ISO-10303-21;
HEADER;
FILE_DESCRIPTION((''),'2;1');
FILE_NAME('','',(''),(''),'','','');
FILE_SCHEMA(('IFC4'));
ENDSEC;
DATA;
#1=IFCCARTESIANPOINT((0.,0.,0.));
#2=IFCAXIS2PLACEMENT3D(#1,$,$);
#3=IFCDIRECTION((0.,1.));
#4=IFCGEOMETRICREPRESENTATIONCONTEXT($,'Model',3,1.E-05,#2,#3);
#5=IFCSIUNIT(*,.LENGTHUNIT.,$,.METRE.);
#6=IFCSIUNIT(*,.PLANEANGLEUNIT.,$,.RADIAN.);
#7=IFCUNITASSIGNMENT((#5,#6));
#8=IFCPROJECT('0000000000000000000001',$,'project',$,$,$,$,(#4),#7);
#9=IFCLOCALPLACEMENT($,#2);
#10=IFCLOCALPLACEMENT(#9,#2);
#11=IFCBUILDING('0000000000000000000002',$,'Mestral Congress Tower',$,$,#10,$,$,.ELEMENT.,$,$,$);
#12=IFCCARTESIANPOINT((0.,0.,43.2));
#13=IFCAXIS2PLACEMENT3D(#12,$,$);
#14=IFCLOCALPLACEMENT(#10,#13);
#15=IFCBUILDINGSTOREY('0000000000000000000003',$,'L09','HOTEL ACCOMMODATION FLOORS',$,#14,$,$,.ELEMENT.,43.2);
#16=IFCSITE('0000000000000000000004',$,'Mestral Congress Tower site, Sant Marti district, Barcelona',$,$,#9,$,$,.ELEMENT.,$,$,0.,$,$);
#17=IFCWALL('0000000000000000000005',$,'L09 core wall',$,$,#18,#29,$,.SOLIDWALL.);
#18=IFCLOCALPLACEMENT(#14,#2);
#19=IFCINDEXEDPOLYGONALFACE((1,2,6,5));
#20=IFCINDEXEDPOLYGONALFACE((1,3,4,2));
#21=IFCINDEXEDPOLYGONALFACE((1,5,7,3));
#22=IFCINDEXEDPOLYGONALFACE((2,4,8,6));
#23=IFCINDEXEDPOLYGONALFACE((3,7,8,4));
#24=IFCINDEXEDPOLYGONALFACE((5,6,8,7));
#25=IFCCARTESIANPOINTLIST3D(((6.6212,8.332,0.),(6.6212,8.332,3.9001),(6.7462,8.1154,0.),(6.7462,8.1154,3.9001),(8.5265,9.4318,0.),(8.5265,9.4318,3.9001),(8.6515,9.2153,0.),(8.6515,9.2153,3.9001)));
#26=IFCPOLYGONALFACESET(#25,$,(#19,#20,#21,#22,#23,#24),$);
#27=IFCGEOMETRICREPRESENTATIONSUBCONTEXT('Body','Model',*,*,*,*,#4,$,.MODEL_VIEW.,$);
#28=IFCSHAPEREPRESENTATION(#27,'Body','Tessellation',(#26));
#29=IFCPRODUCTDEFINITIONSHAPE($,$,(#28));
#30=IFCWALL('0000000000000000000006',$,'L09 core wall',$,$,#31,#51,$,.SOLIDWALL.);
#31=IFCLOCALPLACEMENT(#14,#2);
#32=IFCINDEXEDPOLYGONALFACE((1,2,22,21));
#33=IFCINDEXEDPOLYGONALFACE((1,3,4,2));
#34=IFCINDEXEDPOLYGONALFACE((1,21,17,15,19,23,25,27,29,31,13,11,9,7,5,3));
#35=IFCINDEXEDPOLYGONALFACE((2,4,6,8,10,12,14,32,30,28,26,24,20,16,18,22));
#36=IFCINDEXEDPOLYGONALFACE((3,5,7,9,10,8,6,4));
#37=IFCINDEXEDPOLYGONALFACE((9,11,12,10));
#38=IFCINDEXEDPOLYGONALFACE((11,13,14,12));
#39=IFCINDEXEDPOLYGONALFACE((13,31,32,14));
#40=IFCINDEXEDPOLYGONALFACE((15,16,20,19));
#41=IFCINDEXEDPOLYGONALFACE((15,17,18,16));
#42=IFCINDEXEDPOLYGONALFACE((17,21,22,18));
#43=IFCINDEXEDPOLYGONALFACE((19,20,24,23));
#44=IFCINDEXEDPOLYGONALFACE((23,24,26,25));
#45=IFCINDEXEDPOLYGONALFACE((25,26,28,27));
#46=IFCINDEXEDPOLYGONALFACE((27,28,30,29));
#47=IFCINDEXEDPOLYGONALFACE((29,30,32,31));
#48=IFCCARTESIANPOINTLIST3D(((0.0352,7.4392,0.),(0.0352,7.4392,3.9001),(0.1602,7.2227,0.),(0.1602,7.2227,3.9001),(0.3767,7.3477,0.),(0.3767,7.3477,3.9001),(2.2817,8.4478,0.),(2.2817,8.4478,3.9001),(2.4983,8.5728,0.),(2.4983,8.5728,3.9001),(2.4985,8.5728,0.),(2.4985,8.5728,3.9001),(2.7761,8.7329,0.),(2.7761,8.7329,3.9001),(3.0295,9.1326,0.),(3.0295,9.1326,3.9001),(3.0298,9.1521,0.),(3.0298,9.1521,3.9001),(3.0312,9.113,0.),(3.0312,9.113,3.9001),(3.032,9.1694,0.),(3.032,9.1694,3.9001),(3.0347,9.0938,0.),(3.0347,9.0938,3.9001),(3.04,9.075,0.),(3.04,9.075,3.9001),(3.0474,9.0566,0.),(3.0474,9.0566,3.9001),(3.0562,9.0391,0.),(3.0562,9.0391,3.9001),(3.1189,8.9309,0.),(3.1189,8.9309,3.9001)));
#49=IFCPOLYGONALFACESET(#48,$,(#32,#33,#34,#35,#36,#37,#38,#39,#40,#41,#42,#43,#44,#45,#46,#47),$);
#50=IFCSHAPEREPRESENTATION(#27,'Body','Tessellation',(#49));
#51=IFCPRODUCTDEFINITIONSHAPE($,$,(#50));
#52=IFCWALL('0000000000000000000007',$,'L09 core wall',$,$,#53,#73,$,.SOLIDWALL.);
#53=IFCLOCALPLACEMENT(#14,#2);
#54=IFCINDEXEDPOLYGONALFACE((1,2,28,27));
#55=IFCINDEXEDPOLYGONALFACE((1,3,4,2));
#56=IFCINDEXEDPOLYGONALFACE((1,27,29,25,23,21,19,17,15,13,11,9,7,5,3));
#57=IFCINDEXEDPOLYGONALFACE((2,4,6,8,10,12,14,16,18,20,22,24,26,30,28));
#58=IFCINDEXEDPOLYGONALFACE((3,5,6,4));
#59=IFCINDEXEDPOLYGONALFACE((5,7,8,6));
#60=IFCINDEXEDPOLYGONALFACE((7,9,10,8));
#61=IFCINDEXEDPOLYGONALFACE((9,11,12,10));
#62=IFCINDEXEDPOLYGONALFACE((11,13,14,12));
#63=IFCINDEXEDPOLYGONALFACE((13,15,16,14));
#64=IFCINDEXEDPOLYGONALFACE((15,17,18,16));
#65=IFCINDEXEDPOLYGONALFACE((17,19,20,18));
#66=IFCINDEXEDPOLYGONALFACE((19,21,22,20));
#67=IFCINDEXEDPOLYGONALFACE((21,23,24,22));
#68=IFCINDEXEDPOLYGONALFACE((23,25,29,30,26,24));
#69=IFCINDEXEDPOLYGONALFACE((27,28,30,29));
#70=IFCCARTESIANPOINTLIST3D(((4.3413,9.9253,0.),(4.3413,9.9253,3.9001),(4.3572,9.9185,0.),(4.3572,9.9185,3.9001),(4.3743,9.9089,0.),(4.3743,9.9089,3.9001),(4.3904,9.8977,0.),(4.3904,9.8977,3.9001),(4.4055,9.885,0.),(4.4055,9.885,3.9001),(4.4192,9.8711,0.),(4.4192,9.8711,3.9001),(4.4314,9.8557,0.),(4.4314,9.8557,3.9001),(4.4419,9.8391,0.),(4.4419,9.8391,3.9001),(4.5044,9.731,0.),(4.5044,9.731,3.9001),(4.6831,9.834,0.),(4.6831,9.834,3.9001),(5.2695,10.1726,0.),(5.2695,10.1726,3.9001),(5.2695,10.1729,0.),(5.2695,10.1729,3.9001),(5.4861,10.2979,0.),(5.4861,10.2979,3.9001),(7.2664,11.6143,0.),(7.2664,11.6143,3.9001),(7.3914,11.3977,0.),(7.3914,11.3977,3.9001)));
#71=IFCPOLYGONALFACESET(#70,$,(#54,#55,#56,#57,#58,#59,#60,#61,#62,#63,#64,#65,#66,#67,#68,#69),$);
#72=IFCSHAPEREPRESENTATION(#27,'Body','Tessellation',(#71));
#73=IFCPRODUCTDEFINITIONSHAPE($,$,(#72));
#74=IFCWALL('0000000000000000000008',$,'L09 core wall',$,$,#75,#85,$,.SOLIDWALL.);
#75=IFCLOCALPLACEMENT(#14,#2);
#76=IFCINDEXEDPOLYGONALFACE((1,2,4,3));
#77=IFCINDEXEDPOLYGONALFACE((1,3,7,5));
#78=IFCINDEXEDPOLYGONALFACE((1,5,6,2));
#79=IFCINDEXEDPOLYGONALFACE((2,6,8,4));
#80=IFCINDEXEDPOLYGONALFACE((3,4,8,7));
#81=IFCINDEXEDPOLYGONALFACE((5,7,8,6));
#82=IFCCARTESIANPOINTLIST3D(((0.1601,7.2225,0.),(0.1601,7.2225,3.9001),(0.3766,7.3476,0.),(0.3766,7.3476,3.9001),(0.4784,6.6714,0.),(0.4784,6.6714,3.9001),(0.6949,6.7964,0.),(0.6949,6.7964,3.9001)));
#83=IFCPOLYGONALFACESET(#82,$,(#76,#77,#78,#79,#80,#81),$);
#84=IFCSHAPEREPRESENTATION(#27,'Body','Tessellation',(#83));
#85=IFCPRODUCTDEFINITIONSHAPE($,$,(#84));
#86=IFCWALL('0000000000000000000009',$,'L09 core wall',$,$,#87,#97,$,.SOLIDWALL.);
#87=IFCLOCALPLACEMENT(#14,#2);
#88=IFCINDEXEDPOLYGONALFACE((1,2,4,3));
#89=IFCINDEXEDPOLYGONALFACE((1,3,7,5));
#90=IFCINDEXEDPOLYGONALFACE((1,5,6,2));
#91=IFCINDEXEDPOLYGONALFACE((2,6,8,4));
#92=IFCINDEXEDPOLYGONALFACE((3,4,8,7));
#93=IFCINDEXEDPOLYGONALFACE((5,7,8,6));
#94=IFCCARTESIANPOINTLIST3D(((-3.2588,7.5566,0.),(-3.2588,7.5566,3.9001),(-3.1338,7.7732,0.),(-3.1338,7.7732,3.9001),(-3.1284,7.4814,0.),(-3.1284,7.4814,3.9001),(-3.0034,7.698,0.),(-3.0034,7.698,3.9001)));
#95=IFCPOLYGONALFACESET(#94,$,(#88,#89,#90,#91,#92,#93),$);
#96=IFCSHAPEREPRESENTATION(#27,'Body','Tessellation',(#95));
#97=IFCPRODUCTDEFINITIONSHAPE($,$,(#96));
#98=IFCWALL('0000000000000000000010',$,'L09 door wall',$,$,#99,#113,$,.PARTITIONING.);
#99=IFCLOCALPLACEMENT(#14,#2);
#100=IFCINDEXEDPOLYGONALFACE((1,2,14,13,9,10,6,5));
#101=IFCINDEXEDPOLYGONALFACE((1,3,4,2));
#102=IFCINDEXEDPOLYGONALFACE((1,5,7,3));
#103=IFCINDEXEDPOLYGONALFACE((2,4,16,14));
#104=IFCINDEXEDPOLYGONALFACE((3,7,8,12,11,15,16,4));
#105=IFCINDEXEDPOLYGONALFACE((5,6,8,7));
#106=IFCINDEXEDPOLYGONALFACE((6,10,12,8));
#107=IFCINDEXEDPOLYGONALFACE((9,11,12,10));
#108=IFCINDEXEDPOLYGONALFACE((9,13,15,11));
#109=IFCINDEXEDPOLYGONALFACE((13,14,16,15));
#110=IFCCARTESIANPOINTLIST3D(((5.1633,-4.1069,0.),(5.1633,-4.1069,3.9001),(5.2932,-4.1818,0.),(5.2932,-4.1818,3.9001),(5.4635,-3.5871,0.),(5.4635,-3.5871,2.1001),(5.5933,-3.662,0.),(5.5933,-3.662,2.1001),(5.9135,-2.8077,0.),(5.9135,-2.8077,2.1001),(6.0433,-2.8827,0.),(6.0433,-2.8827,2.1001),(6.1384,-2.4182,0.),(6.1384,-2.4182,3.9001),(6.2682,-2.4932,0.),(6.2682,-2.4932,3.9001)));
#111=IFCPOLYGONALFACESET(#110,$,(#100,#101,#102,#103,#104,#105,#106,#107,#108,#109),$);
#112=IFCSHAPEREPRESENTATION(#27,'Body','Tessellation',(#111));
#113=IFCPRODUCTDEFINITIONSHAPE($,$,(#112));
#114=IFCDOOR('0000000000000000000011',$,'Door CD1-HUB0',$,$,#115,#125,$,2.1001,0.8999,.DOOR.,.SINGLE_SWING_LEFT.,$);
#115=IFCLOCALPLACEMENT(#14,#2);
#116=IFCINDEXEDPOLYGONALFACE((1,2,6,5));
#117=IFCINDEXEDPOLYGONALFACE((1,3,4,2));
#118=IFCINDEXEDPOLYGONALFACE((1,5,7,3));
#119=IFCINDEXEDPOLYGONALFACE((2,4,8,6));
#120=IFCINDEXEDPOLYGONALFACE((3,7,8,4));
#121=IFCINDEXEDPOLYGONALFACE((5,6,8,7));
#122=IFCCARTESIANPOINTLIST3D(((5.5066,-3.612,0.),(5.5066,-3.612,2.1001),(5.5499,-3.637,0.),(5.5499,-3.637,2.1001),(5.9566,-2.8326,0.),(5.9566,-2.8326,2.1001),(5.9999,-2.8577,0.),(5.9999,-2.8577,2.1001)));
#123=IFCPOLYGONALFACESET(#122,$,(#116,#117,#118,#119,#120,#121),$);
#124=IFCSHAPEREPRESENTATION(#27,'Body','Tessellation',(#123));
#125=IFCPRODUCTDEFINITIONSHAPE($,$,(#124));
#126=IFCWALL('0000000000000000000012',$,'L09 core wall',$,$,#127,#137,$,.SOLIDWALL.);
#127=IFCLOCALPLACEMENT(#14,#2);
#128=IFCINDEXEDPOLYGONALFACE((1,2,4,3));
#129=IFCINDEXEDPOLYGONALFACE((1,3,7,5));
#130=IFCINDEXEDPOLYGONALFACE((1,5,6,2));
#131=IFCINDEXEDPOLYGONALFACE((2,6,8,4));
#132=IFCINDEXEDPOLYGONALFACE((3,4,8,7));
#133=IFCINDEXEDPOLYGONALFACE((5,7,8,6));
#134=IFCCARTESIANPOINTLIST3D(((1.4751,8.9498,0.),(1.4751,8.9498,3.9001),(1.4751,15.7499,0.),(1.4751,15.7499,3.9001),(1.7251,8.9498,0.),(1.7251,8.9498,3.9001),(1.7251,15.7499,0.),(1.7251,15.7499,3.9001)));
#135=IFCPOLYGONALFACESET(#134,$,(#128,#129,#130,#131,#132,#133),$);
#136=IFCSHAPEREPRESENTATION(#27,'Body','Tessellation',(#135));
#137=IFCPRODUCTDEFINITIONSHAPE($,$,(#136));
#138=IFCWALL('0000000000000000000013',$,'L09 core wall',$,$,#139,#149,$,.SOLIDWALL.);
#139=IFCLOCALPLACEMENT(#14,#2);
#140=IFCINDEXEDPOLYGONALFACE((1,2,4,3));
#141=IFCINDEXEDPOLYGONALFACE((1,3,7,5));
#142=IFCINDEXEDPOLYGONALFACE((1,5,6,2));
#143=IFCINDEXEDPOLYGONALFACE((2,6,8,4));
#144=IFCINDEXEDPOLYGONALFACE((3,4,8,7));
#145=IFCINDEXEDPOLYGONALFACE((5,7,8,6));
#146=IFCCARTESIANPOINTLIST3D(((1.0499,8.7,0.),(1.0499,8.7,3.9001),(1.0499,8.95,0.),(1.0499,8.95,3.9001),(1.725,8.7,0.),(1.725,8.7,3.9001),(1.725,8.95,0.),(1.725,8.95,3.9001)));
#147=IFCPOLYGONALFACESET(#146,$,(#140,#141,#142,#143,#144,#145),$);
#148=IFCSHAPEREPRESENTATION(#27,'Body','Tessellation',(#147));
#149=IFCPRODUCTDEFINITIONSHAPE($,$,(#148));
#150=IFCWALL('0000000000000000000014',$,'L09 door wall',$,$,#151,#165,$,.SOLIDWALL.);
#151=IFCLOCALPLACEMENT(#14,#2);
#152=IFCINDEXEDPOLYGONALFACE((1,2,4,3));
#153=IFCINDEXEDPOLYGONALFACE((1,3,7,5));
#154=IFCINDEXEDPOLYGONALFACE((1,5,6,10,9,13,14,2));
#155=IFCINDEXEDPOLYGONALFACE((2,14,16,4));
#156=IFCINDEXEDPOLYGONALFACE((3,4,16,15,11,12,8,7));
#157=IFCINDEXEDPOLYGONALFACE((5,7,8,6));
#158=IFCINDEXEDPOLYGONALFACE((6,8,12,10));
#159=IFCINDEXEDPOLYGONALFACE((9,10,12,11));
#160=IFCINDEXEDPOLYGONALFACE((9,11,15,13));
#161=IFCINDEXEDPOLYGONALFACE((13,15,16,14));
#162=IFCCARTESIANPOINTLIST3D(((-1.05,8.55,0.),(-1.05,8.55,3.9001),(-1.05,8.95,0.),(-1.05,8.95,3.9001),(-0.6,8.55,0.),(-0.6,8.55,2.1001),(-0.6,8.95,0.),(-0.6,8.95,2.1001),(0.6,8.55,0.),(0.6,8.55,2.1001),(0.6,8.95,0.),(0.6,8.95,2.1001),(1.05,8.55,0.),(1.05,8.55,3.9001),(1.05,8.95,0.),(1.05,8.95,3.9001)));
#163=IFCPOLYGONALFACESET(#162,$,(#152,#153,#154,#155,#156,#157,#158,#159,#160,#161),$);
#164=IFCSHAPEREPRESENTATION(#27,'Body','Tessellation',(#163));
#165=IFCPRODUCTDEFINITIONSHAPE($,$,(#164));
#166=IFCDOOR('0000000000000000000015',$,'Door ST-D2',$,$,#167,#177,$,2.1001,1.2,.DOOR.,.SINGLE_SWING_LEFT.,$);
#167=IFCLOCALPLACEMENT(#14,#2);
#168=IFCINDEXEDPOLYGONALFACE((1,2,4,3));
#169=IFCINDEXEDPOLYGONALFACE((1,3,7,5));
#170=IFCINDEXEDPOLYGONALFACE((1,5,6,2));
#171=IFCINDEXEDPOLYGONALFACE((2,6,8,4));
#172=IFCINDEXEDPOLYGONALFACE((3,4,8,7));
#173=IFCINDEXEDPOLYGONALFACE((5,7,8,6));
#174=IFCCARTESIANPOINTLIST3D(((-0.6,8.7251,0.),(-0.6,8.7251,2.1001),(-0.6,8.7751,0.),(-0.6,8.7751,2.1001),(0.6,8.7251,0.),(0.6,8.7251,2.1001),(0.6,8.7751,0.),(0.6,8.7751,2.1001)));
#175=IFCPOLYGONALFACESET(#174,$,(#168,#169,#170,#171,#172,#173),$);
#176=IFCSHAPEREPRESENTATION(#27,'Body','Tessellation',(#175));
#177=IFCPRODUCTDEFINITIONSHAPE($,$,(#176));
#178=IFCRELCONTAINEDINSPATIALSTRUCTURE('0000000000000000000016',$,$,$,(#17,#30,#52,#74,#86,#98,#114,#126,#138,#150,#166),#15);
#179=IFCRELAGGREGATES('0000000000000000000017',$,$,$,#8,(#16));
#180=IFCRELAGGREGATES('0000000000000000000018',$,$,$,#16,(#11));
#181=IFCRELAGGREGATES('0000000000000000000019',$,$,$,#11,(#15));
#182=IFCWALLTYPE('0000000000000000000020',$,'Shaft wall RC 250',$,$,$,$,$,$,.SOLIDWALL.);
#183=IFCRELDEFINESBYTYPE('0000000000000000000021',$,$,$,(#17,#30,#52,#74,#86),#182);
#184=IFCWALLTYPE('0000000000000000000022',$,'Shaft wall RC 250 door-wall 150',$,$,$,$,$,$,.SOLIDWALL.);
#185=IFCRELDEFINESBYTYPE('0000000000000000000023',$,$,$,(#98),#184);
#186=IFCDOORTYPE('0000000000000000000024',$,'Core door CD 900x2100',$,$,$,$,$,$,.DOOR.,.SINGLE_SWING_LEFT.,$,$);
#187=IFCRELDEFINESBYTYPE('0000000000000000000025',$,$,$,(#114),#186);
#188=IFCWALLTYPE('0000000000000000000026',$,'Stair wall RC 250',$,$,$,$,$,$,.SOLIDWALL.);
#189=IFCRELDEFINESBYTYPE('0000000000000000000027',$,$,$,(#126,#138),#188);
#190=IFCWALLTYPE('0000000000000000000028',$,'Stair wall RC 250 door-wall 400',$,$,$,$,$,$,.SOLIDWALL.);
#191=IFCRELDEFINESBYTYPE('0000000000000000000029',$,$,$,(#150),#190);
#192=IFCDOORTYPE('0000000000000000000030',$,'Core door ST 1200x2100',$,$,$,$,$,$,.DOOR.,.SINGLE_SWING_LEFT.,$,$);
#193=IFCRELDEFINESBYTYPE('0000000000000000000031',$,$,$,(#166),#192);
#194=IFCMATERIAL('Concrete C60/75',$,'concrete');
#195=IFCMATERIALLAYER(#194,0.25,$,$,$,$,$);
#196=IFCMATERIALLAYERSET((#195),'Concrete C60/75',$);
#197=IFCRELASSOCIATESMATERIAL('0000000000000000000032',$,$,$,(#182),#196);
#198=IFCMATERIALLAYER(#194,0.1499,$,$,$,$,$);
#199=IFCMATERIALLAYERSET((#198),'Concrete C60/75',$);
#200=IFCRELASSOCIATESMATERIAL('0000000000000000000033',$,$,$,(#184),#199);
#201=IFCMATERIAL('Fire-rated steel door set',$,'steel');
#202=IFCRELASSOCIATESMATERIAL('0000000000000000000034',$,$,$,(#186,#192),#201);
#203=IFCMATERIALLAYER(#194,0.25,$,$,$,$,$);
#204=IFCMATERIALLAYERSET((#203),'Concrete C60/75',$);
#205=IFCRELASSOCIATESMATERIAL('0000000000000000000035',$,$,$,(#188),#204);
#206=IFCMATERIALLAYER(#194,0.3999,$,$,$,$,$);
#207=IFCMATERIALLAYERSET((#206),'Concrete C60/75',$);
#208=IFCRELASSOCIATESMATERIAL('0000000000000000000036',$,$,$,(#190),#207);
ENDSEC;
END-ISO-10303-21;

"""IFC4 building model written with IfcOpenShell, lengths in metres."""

from ifc_helpers import new_model, si_unit, direction, frame, frame_2d, origin, place, context, subcontext, project, spatial, polyline, rectangle, outline, extrude, material, layer, layer_set, type_object, element, fill, save


model = new_model("IFC4")

# Units and contexts
model_context = context("Model", 3, precision=1e-05, world=origin(), true_north=direction((0.0, 1.0)))
body_context = subcontext(model_context, "Body", "Model", "MODEL_VIEW")
ifc_project = project(units=[si_unit("LENGTHUNIT", "METRE"), si_unit("PLANEANGLEUNIT", "RADIAN")], contexts=[model_context])

# Site, building, storey
site_placement = place(None, origin())
site = spatial("IfcSite", under=ifc_project, at=site_placement, Name="Mestral Congress Tower site, Sant Marti district, Barcelona", CompositionType="ELEMENT", RefElevation=0.0)
building_placement = place(site_placement, origin())
building = spatial("IfcBuilding", under=site, at=building_placement, Name="Mestral Congress Tower", CompositionType="ELEMENT")
storey_placement = place(building_placement, frame((0.0, 0.0, 43.2)))
storey = spatial("IfcBuildingStorey", under=building, at=storey_placement, Name="L09", Description="HOTEL ACCOMMODATION FLOORS", CompositionType="ELEMENT", Elevation=43.2)

# Shared definitions
ifc_material_1 = material(Name="Fire-rated steel door set", Category="steel")

# Walls
ifc_material_2 = material(Name="Concrete C60/75", Category="concrete")
placement = place(storey_placement, origin())
ifc_layer_1 = layer(ifc_material_2, 0.25)
ifc_layer_set_1 = layer_set([ifc_layer_1], Name="Concrete C60/75")
wall_type_1 = type_object("IfcWallType", Name="Shaft wall RC 250", PredefinedType="SOLIDWALL", material=ifc_layer_set_1)
for number, where, z_axis, x_axis, name in (
    (1, (6.6836, 8.2236, 0.0), (0.0, 0.0, 1.0), (0.866056, 0.499947, 0.0), "L09 core wall"),
):
    element("IfcWall", number, at=place(storey_placement, frame(where, z_axis=z_axis, x_axis=x_axis)), inside=storey, type_object=wall_type_1, Name=name, PredefinedType="SOLIDWALL", context=body_context, shape_type="SweptSolid", body=[
        extrude(rectangle(XDim=2.2, YDim=0.25, at=frame_2d((1.1001, 0.0))), origin(), (0.0, 0.0, 1.0), 3.9001),
    ])
element("IfcWall", 2, at=placement, inside=storey, type_object=wall_type_1, Name="L09 core wall", PredefinedType="SOLIDWALL", context=body_context, shape_type="SweptSolid", body=[
    extrude(outline(polyline([(2.7761, 8.7329), (2.4985, 8.5728), (2.4983, 8.5728), (2.4983, 8.5728), (2.2817, 8.4478), (2.2817, 8.4478), (0.3767, 7.3477), (0.1602, 7.2227), (0.0352, 7.4392), (3.032, 9.1694), (3.0298, 9.1521), (3.0295, 9.1326), (3.0312, 9.113), (3.0347, 9.0938), (3.04, 9.075), (3.0474, 9.0566), (3.0562, 9.0391), (3.1189, 8.9309), (2.7761, 8.7329)])), origin(), (0.0, 0.0, 1.0), 3.9001),
])
element("IfcWall", 3, at=placement, inside=storey, type_object=wall_type_1, Name="L09 core wall", PredefinedType="SOLIDWALL", context=body_context, shape_type="SweptSolid", body=[
    extrude(outline(polyline([(5.2695, 10.1726), (5.2695, 10.1726), (4.6831, 9.834), (4.5044, 9.731), (4.4419, 9.8391), (4.4314, 9.8557), (4.4192, 9.8711), (4.4055, 9.885), (4.3904, 9.8977), (4.3743, 9.9089), (4.3572, 9.9185), (4.3413, 9.9253), (7.2664, 11.6143), (7.3914, 11.3977), (5.4861, 10.2979), (5.4861, 10.2979), (5.2695, 10.1729), (5.2695, 10.1726)])), origin(), (0.0, 0.0, 1.0), 3.9001),
])
wall_1_placement = place(storey_placement, frame((0.2683, 7.2852, 0.0), z_axis=(0.0, 0.0, 1.0), x_axis=(0.500099, -0.865968, 0.0)))
element("IfcWall", 4, at=wall_1_placement, inside=storey, type_object=wall_type_1, Name="L09 core wall", PredefinedType="SOLIDWALL", context=body_context, shape_type="SweptSolid", body=[
    extrude(rectangle(XDim=0.6365, YDim=0.25, at=frame_2d((0.3184, 0.0))), origin(), (0.0, 0.0, 1.0), 3.9001),
])
element("IfcWall", 5, at=placement, inside=storey, type_object=wall_type_1, Name="L09 core wall", PredefinedType="SOLIDWALL", context=body_context, shape_type="SweptSolid", body=[
    extrude(outline(polyline([(-3.1284, 7.4814), (-3.2588, 7.5566), (-3.1338, 7.7732), (-3.0034, 7.698), (-3.1284, 7.4814)])), origin(), (0.0, 0.0, 1.0), 3.9001),
])

# Wall, opening, door
ifc_layer_2 = layer(ifc_material_2, 0.1499)
ifc_layer_set_2 = layer_set([ifc_layer_2], Name="Concrete C60/75")
wall_type_2 = type_object("IfcWallType", Name="Shaft wall RC 250 door-wall 150", PredefinedType="SOLIDWALL", material=ifc_layer_set_2)
wall_2_placement = place(storey_placement, frame((6.2034, -2.4556, 0.0), z_axis=(0.0, 0.0, 1.0), x_axis=(-0.500044, -0.866, 0.0)))
wall_2 = element("IfcWall", 6, at=wall_2_placement, inside=storey, type_object=wall_type_2, Name="L09 door wall", PredefinedType="PARTITIONING", context=body_context, shape_type="SweptSolid", body=[
    extrude(rectangle(XDim=1.95, YDim=0.1499, at=frame_2d((0.9751, 0.0))), origin(), (0.0, 0.0, 1.0), 3.9001),
])
opening_1_placement = place(wall_2_placement, frame((0.45, 0.0, 0.0)))
opening_1 = element("IfcOpeningElement", 7, at=opening_1_placement, cuts=wall_2, PredefinedType="OPENING", context=body_context, shape_type="SweptSolid", body=[
    extrude(rectangle(XDim=0.8999, YDim=2.1001, at=frame_2d((0.45, 1.05))), frame((0.0, 0.085, 0.0), z_axis=(0.0, -1.0, 0.0), x_axis=(1.0, 0.0, 0.0)), (0.0, 0.0, 1.0), 0.1699),
])
door_type_1 = type_object("IfcDoorType", Name="Core door CD 900x2100", OperationType="SINGLE_SWING_LEFT", PredefinedType="DOOR", material=ifc_material_1)
door_1_placement = place(opening_1_placement, origin())
door_1 = element("IfcDoor", 8, at=door_1_placement, inside=storey, type_object=door_type_1, Name="Door CD1-HUB0", OperationType="SINGLE_SWING_LEFT", OverallHeight=2.1001, OverallWidth=0.8999, PredefinedType="DOOR", context=body_context, shape_type="SweptSolid", body=[
    extrude(rectangle(XDim=0.8999, YDim=2.1001, at=frame_2d((0.45, 1.05))), frame((0.0, 0.0249, 0.0), z_axis=(0.0, -1.0, 0.0), x_axis=(1.0, 0.0, 0.0)), (0.0, 0.0, 1.0), 0.05),
])
fill(opening_1, door_1)

# Walls
ifc_layer_3 = layer(ifc_material_2, 0.25)
ifc_layer_set_3 = layer_set([ifc_layer_3], Name="Concrete C60/75")
wall_type_3 = type_object("IfcWallType", Name="Stair wall RC 250", PredefinedType="SOLIDWALL", material=ifc_layer_set_3)
wall_3_placement = place(storey_placement, frame((1.6001, 8.95, 0.0), z_axis=(0.0, 0.0, 1.0), x_axis=(0.0, 1.0, 0.0)))
element("IfcWall", 9, at=wall_3_placement, inside=storey, type_object=wall_type_3, Name="L09 core wall", PredefinedType="SOLIDWALL", context=body_context, shape_type="SweptSolid", body=[
    extrude(rectangle(XDim=6.8, YDim=0.25, at=frame_2d((3.3999, 0.0))), origin(), (0.0, 0.0, 1.0), 3.9001),
])
wall_4_placement = place(storey_placement, frame((1.05, 8.825, 0.0), z_axis=(0.0, 0.0, 1.0), x_axis=(1.0, 0.0, 0.0)))
element("IfcWall", 10, at=wall_4_placement, inside=storey, type_object=wall_type_3, Name="L09 core wall", PredefinedType="SOLIDWALL", context=body_context, shape_type="SweptSolid", body=[
    extrude(rectangle(XDim=0.675, YDim=0.25, at=frame_2d((0.3374, 0.0))), origin(), (0.0, 0.0, 1.0), 3.9001),
])

# Wall, opening, door
ifc_layer_4 = layer(ifc_material_2, 0.3999)
ifc_layer_set_4 = layer_set([ifc_layer_4], Name="Concrete C60/75")
wall_type_4 = type_object("IfcWallType", Name="Stair wall RC 250 door-wall 400", PredefinedType="SOLIDWALL", material=ifc_layer_set_4)
wall_5_placement = place(storey_placement, frame((1.05, 8.75, 0.0), z_axis=(0.0, 0.0, 1.0), x_axis=(-1.0, 0.0, 0.0)))
wall_5 = element("IfcWall", 11, at=wall_5_placement, inside=storey, type_object=wall_type_4, Name="L09 door wall", PredefinedType="SOLIDWALL", context=body_context, shape_type="SweptSolid", body=[
    extrude(rectangle(XDim=2.1001, YDim=0.3999, at=frame_2d((1.05, 0.0))), origin(), (0.0, 0.0, 1.0), 3.9001),
])
opening_2_placement = place(wall_5_placement, frame((0.45, 0.0, 0.0)))
opening_2 = element("IfcOpeningElement", 12, at=opening_2_placement, cuts=wall_5, PredefinedType="OPENING", context=body_context, shape_type="SweptSolid", body=[
    extrude(rectangle(XDim=1.2, YDim=2.1001, at=frame_2d((0.6001, 1.05))), frame((0.0, 0.21, 0.0), z_axis=(0.0, -1.0, 0.0), x_axis=(1.0, 0.0, 0.0)), (0.0, 0.0, 1.0), 0.4199),
])
door_type_2 = type_object("IfcDoorType", Name="Core door ST 1200x2100", OperationType="SINGLE_SWING_LEFT", PredefinedType="DOOR", material=ifc_material_1)
door_2_placement = place(opening_2_placement, origin())
door_2 = element("IfcDoor", 13, at=door_2_placement, inside=storey, type_object=door_type_2, Name="Door ST-D2", OperationType="SINGLE_SWING_LEFT", OverallHeight=2.1001, OverallWidth=1.2, PredefinedType="DOOR", context=body_context, shape_type="SweptSolid", body=[
    extrude(rectangle(XDim=1.2, YDim=2.1001, at=frame_2d((0.6001, 1.05))), frame((0.0, 0.0249, 0.0), z_axis=(0.0, -1.0, 0.0), x_axis=(1.0, 0.0, 0.0)), (0.0, 0.0, 1.0), 0.05),
])
fill(opening_2, door_2)

save(model, "model.ifc")
